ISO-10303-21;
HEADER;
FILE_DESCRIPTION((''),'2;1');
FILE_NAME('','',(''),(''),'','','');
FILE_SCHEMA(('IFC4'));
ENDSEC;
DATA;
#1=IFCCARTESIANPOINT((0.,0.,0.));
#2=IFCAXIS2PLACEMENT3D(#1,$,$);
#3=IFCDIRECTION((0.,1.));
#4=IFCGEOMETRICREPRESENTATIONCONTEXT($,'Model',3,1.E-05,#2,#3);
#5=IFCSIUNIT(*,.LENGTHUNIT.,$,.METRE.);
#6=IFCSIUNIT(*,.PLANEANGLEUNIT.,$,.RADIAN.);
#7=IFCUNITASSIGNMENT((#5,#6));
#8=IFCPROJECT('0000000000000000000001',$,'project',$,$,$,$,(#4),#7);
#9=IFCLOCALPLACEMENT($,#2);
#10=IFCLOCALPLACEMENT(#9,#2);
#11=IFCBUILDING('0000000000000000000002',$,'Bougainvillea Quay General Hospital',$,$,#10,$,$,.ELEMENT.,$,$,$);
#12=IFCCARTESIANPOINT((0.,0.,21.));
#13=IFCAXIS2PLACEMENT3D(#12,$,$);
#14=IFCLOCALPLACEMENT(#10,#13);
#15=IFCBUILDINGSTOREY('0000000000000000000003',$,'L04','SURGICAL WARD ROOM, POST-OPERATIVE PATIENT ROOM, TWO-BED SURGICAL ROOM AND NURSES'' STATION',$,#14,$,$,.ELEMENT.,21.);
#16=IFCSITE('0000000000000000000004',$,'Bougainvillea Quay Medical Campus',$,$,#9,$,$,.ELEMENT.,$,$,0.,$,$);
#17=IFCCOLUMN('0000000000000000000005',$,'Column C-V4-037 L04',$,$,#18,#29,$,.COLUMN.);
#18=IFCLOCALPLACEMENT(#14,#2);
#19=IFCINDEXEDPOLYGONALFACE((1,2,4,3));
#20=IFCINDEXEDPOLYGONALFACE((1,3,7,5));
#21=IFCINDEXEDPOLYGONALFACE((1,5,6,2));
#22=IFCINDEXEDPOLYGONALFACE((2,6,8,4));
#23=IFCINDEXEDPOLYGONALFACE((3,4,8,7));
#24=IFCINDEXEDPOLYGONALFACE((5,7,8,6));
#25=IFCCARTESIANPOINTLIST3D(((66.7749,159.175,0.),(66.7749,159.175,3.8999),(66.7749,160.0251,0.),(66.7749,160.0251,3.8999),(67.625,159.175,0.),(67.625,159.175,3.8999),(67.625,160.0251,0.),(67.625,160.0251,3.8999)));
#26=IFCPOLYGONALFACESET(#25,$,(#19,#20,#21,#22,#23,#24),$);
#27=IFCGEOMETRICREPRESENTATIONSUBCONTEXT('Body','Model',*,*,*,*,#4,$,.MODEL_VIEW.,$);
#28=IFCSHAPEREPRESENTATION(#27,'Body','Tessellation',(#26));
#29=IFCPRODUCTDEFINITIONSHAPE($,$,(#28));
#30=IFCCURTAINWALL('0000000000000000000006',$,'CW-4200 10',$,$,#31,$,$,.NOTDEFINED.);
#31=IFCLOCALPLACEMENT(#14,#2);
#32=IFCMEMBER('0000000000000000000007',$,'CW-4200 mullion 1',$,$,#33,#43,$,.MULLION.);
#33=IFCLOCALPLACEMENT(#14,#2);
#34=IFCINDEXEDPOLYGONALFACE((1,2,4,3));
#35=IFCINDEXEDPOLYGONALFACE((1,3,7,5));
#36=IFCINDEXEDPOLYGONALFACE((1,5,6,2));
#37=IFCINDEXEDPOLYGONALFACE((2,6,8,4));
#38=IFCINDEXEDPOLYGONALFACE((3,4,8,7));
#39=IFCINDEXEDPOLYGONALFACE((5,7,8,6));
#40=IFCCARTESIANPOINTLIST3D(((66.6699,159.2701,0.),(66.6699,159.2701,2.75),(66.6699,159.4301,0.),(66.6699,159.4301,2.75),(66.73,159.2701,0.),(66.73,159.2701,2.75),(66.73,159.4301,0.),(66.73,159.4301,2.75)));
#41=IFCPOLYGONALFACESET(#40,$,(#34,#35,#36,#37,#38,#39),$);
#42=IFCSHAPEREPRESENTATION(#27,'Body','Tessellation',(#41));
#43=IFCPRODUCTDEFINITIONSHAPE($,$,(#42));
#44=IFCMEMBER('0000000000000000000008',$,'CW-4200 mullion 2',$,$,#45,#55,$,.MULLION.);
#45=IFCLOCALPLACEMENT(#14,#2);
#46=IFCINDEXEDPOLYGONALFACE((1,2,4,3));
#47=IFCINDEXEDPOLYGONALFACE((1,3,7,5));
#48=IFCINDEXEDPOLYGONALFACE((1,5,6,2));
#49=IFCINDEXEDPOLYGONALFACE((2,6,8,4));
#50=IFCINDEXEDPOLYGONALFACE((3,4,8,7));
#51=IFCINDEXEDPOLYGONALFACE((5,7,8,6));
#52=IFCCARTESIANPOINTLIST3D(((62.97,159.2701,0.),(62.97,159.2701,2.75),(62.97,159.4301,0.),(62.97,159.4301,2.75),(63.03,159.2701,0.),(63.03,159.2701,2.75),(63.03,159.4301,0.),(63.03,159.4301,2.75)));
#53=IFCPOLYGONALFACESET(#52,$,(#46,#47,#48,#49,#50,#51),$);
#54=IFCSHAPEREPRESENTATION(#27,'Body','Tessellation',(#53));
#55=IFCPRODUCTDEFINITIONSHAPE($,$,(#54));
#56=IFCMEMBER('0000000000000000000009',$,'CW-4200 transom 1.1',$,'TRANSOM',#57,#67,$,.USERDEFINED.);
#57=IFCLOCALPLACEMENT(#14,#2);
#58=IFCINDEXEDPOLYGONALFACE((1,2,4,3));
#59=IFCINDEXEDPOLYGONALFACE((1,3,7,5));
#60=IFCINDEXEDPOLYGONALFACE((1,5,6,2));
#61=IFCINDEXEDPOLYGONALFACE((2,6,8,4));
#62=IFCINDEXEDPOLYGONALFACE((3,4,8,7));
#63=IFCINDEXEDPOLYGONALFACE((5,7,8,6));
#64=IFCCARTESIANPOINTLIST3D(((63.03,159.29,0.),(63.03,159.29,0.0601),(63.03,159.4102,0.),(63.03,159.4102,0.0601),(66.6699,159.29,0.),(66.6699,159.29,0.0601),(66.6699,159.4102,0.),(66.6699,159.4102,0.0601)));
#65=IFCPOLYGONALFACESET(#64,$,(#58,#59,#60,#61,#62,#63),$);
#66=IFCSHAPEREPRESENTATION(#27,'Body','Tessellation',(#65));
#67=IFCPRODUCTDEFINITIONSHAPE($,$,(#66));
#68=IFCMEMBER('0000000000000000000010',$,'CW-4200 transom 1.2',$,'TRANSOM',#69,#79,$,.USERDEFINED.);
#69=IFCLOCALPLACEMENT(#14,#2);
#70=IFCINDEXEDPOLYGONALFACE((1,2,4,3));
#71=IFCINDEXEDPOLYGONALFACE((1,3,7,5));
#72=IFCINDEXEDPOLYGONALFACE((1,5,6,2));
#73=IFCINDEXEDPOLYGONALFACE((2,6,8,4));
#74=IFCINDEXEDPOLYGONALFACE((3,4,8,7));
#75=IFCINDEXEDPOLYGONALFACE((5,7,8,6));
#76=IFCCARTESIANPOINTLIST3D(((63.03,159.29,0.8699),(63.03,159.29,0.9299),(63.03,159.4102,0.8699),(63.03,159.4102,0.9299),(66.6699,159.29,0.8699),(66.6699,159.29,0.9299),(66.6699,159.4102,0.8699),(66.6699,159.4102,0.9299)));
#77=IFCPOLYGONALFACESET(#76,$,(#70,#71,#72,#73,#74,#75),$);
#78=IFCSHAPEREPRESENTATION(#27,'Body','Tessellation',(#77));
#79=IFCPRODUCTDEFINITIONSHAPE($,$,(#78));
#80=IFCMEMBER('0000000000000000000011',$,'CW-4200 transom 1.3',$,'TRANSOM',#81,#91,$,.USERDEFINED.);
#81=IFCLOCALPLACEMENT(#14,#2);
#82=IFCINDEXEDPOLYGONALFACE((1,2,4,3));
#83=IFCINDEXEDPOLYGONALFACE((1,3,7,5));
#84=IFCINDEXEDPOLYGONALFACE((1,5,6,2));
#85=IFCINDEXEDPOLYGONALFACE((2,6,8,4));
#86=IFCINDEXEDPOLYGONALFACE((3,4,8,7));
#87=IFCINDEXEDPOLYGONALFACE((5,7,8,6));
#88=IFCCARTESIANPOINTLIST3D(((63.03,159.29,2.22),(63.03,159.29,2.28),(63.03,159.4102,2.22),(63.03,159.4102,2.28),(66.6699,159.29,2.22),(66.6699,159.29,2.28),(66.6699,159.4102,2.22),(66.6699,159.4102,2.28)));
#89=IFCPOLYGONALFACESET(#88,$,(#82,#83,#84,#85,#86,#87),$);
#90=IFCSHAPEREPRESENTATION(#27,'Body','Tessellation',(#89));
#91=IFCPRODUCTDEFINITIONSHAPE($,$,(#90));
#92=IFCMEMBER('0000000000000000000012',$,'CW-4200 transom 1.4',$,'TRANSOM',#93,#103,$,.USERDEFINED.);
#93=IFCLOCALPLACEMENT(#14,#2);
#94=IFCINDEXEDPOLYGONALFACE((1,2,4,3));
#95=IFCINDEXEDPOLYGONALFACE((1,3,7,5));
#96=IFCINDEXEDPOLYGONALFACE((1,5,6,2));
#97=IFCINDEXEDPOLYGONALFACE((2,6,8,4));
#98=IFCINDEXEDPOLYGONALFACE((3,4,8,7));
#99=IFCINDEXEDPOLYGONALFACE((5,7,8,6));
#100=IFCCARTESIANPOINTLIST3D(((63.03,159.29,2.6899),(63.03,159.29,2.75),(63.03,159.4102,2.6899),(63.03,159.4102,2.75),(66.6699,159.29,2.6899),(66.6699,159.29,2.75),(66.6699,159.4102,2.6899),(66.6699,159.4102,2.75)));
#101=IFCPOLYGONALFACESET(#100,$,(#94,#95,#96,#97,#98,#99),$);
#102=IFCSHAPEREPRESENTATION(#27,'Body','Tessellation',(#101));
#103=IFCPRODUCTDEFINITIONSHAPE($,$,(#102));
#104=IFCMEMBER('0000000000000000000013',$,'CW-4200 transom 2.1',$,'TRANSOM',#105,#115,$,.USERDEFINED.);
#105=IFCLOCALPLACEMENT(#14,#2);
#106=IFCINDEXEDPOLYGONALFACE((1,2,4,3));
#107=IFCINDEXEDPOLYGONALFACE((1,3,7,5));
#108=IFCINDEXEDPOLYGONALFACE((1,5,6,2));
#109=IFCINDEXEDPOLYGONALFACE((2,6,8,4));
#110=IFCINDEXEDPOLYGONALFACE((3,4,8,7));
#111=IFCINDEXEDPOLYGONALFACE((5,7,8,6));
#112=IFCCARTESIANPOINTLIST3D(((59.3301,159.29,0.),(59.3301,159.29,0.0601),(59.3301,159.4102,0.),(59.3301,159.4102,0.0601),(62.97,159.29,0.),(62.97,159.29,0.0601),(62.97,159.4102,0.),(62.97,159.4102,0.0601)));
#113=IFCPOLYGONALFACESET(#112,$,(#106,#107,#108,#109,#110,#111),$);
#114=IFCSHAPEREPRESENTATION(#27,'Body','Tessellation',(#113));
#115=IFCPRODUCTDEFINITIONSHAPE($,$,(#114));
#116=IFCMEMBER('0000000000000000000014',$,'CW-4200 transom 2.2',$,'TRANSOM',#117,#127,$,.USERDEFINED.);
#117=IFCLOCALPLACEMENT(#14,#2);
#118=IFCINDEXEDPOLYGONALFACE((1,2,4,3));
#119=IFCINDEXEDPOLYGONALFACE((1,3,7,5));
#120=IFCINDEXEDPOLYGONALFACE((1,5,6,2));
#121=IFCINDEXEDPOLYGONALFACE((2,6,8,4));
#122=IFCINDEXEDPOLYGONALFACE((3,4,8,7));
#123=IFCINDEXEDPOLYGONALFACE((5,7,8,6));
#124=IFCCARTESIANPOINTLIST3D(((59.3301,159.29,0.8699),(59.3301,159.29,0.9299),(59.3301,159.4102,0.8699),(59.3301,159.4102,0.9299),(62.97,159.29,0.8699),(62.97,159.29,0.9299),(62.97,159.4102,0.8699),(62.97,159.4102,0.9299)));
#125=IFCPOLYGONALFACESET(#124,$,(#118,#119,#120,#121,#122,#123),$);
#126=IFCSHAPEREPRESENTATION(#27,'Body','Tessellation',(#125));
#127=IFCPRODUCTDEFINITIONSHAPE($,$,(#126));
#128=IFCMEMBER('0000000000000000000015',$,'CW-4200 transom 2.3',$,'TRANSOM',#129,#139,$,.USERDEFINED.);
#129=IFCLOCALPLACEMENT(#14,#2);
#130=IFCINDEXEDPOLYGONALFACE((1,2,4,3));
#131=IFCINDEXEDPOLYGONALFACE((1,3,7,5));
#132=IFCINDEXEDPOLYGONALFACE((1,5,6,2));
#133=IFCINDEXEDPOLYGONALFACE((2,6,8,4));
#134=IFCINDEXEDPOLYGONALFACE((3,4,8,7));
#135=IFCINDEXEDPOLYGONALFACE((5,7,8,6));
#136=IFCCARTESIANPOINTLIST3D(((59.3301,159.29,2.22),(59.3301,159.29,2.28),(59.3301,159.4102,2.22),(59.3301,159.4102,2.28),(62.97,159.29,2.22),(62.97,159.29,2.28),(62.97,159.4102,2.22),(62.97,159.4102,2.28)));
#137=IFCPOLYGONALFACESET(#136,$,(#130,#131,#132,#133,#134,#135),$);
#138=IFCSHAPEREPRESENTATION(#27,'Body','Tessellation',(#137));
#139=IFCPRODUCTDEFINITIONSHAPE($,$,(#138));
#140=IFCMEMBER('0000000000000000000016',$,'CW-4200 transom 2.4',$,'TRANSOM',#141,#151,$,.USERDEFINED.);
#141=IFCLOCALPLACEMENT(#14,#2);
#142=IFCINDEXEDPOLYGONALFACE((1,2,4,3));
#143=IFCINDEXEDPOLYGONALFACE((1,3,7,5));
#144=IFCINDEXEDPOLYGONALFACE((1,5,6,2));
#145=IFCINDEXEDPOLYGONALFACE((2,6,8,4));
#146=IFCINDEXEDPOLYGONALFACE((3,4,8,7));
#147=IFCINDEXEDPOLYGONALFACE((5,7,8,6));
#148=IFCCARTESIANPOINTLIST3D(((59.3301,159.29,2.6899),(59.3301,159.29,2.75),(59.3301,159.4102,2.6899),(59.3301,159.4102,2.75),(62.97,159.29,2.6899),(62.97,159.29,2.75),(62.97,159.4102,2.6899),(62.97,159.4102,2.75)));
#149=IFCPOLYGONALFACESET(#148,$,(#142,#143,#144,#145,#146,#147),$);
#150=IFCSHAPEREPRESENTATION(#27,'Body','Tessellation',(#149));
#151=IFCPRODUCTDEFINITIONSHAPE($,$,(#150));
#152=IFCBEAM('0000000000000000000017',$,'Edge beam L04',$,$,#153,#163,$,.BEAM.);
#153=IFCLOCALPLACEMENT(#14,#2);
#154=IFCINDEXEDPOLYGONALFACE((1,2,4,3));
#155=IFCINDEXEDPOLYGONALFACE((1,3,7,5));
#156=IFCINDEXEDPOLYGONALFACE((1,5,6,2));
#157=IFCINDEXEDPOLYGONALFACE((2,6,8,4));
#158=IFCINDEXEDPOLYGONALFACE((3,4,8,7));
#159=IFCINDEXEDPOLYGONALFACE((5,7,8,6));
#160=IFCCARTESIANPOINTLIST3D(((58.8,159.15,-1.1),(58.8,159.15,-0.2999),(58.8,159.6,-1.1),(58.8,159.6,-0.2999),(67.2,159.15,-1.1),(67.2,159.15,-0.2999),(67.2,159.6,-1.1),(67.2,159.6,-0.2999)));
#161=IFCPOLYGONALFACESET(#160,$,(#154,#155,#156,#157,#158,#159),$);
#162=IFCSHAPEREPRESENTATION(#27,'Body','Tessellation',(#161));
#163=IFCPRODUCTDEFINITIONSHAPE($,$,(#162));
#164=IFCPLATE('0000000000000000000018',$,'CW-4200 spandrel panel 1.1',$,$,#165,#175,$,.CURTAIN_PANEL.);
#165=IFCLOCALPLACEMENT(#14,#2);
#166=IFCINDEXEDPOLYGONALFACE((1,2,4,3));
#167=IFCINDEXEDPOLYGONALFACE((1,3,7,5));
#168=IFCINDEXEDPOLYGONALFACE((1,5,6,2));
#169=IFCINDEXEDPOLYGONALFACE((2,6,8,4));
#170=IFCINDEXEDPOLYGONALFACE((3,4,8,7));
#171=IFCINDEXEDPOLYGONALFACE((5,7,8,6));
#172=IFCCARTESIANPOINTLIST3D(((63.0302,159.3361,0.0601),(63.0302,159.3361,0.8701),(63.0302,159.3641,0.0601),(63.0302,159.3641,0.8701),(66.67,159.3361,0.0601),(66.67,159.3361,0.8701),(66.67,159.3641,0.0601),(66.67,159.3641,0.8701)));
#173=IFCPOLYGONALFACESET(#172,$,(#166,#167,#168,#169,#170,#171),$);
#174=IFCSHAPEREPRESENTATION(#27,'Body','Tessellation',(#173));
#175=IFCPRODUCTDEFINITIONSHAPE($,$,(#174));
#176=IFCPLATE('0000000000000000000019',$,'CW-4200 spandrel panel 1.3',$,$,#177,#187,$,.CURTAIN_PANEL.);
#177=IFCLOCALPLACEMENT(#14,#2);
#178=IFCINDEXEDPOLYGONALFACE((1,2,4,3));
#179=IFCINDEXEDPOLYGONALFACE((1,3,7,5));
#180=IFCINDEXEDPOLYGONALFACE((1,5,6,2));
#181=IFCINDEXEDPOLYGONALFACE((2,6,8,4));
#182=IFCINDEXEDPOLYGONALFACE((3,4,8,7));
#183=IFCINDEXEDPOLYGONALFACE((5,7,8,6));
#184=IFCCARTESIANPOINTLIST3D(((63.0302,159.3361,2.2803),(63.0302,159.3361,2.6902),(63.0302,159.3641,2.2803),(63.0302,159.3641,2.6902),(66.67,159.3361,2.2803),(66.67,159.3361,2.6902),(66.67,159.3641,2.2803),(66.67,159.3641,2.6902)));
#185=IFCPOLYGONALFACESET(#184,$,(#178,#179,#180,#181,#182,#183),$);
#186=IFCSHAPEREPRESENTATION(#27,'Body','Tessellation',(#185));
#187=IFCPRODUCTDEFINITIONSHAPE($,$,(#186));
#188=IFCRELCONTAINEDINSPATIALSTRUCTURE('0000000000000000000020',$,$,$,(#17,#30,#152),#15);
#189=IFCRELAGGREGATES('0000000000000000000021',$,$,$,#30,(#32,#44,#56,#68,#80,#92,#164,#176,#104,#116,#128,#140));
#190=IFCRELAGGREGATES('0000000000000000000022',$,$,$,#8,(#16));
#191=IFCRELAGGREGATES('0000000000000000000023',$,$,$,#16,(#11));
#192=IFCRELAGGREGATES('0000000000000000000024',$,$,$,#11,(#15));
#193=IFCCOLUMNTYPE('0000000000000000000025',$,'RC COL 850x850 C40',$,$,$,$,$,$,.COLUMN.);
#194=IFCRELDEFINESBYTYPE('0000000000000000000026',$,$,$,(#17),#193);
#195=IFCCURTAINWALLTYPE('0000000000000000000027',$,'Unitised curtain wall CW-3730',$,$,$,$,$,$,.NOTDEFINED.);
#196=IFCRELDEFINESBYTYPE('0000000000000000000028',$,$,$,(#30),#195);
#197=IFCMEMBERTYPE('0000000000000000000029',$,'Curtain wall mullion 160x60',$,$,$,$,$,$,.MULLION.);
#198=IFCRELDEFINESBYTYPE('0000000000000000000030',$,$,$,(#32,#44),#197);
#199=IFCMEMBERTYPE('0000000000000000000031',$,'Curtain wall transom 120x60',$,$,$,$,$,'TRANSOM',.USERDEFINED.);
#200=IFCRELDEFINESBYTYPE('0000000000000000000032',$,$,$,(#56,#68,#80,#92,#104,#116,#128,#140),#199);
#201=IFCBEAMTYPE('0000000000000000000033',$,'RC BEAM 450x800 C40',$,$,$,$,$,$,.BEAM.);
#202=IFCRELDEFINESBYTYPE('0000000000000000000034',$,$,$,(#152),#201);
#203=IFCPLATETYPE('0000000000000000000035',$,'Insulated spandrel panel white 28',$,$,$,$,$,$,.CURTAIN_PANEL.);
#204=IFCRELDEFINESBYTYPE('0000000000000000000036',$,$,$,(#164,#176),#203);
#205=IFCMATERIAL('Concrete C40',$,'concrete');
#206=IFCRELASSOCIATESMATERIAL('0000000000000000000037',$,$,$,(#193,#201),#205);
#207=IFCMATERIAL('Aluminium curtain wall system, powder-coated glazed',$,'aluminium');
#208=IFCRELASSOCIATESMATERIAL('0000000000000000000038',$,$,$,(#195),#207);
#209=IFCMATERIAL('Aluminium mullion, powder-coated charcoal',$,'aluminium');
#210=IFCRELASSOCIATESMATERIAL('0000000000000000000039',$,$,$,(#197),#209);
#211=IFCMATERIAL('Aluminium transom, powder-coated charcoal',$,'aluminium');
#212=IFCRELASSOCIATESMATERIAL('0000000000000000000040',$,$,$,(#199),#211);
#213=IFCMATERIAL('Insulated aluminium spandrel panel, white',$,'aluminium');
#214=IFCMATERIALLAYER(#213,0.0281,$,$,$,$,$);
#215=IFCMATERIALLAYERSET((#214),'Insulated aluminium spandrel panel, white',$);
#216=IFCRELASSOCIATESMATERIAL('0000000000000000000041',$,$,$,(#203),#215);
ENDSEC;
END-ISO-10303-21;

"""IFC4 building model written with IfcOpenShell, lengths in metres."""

from ifc_helpers import new_model, si_unit, direction, frame, origin, origin_2d, place, context, subcontext, project, spatial, rectangle, extrude, material, layer, layer_set, material_profile, profile_set, type_object, element, aggregate, save


model = new_model("IFC4")

# Units and contexts
model_context = context("Model", 3, precision=1e-05, world=origin(), true_north=direction((0.0, 1.0)))
body_context = subcontext(model_context, "Body", "Model", "MODEL_VIEW")
ifc_project = project(units=[si_unit("LENGTHUNIT", "METRE"), si_unit("PLANEANGLEUNIT", "RADIAN")], contexts=[model_context])

# Site, building, storey
site_placement = place(None, origin())
site = spatial("IfcSite", under=ifc_project, at=site_placement, Name="Bougainvillea Quay Medical Campus", CompositionType="ELEMENT", RefElevation=0.0)
building_placement = place(site_placement, origin())
building = spatial("IfcBuilding", under=site, at=building_placement, Name="Bougainvillea Quay General Hospital", CompositionType="ELEMENT")
storey_placement = place(building_placement, frame((0.0, 0.0, 21.0)))
storey = spatial("IfcBuildingStorey", under=building, at=storey_placement, Name="L04", Description="SURGICAL WARD ROOM, POST-OPERATIVE PATIENT ROOM, TWO-BED SURGICAL ROOM AND NURSES' STATION", CompositionType="ELEMENT", Elevation=21.0)

# Column
ifc_material_1 = material(Name="Concrete C40", Category="concrete")
ifc_material_profile_1 = material_profile(ifc_material_1, rectangle(XDim=0.8501, YDim=0.8501, at=origin_2d()))
ifc_profile_set_1 = profile_set([ifc_material_profile_1], Name="Concrete C40")
column_type = type_object("IfcColumnType", Name="RC COL 850x850 C40", PredefinedType="COLUMN", material=ifc_profile_set_1)
column_placement = place(storey_placement, frame((67.2, 159.6001, 0.0), z_axis=(0.0, 0.0, 1.0), x_axis=(1.0, 0.0, 0.0)))
element("IfcColumn", 1, at=column_placement, inside=storey, type_object=column_type, Name="Column C-V4-037 L04", PredefinedType="COLUMN", context=body_context, shape_type="SweptSolid", body=[
    extrude(rectangle(XDim=0.8501, YDim=0.8501, at=origin_2d()), origin(), (0.0, 0.0, 1.0), 3.8999),
])

# Curtain wall, members
ifc_material_2 = material(Name="Aluminium curtain wall system, powder-coated glazed", Category="aluminium")
curtain_wall_type = type_object("IfcCurtainWallType", Name="Unitised curtain wall CW-3730", PredefinedType="NOTDEFINED", material=ifc_material_2)
curtain_wall_placement = place(storey_placement, origin())
curtain_wall = element("IfcCurtainWall", 2, at=curtain_wall_placement, inside=storey, type_object=curtain_wall_type, Name="CW-4200 10", PredefinedType="NOTDEFINED")
ifc_material_3 = material(Name="Aluminium mullion, powder-coated charcoal", Category="aluminium")
ifc_material_profile_2 = material_profile(ifc_material_3, rectangle(XDim=0.1599, YDim=0.0601, at=origin_2d()))
ifc_profile_set_2 = profile_set([ifc_material_profile_2], Name="Aluminium mullion, powder-coated charcoal")
member_type_1 = type_object("IfcMemberType", Name="Curtain wall mullion 160x60", PredefinedType="MULLION", material=ifc_profile_set_2)
member_1_placement = place(storey_placement, frame((66.7, 159.3501, 0.0), z_axis=(0.0, 0.0, 1.0), x_axis=(0.0, -1.0, 0.0)))
member_1 = element("IfcMember", 3, at=member_1_placement, type_object=member_type_1, Name="CW-4200 mullion 1", PredefinedType="MULLION", context=body_context, shape_type="SweptSolid", body=[
    extrude(rectangle(XDim=0.1599, YDim=0.0601, at=origin_2d()), origin(), (0.0, 0.0, 1.0), 2.75),
])
member_2_placement = place(storey_placement, frame((63.0, 159.3501, 0.0), z_axis=(0.0, 0.0, 1.0), x_axis=(0.0, -1.0, 0.0)))
member_2 = element("IfcMember", 4, at=member_2_placement, type_object=member_type_1, Name="CW-4200 mullion 2", PredefinedType="MULLION", context=body_context, shape_type="SweptSolid", body=[
    extrude(rectangle(XDim=0.1599, YDim=0.0601, at=origin_2d()), origin(), (0.0, 0.0, 1.0), 2.75),
])
ifc_material_4 = material(Name="Aluminium transom, powder-coated charcoal", Category="aluminium")
ifc_material_profile_3 = material_profile(ifc_material_4, rectangle(XDim=0.1201, YDim=0.0601, at=origin_2d()))
ifc_profile_set_3 = profile_set([ifc_material_profile_3], Name="Aluminium transom, powder-coated charcoal")
member_type_2 = type_object("IfcMemberType", Name="Curtain wall transom 120x60", ElementType="TRANSOM", PredefinedType="USERDEFINED", material=ifc_profile_set_3)
member_3_placement = place(storey_placement, frame((66.6699, 159.3501, 0.03), z_axis=(-1.0, 0.0, 0.0), x_axis=(0.0, -1.0, 0.0)))
member_3 = element("IfcMember", 5, at=member_3_placement, type_object=member_type_2, Name="CW-4200 transom 1.1", ObjectType="TRANSOM", PredefinedType="USERDEFINED", context=body_context, shape_type="SweptSolid", body=[
    extrude(rectangle(XDim=0.1201, YDim=0.0601, at=origin_2d()), origin(), (0.0, 0.0, 1.0), 3.6399),
])
member_4_placement = place(storey_placement, frame((66.6699, 159.3501, 0.8999), z_axis=(-1.0, 0.0, 0.0), x_axis=(0.0, -1.0, 0.0)))
member_4 = element("IfcMember", 6, at=member_4_placement, type_object=member_type_2, Name="CW-4200 transom 1.2", ObjectType="TRANSOM", PredefinedType="USERDEFINED", context=body_context, shape_type="SweptSolid", body=[
    extrude(rectangle(XDim=0.1201, YDim=0.0601, at=origin_2d()), origin(), (0.0, 0.0, 1.0), 3.6399),
])
member_5_placement = place(storey_placement, frame((66.6699, 159.3501, 2.25), z_axis=(-1.0, 0.0, 0.0), x_axis=(0.0, -1.0, 0.0)))
member_5 = element("IfcMember", 7, at=member_5_placement, type_object=member_type_2, Name="CW-4200 transom 1.3", ObjectType="TRANSOM", PredefinedType="USERDEFINED", context=body_context, shape_type="SweptSolid", body=[
    extrude(rectangle(XDim=0.1201, YDim=0.0601, at=origin_2d()), origin(), (0.0, 0.0, 1.0), 3.6399),
])
member_6_placement = place(storey_placement, frame((66.6699, 159.3501, 2.72), z_axis=(-1.0, 0.0, 0.0), x_axis=(0.0, -1.0, 0.0)))
member_6 = element("IfcMember", 8, at=member_6_placement, type_object=member_type_2, Name="CW-4200 transom 1.4", ObjectType="TRANSOM", PredefinedType="USERDEFINED", context=body_context, shape_type="SweptSolid", body=[
    extrude(rectangle(XDim=0.1201, YDim=0.0601, at=origin_2d()), origin(), (0.0, 0.0, 1.0), 3.6399),
])
member_7_placement = place(storey_placement, frame((62.97, 159.3501, 0.03), z_axis=(-1.0, 0.0, 0.0), x_axis=(0.0, -1.0, 0.0)))
member_7 = element("IfcMember", 9, at=member_7_placement, type_object=member_type_2, Name="CW-4200 transom 2.1", ObjectType="TRANSOM", PredefinedType="USERDEFINED", context=body_context, shape_type="SweptSolid", body=[
    extrude(rectangle(XDim=0.1201, YDim=0.0601, at=origin_2d()), origin(), (0.0, 0.0, 1.0), 3.6399),
])
member_8_placement = place(storey_placement, frame((62.97, 159.3501, 0.8999), z_axis=(-1.0, 0.0, 0.0), x_axis=(0.0, -1.0, 0.0)))
member_8 = element("IfcMember", 10, at=member_8_placement, type_object=member_type_2, Name="CW-4200 transom 2.2", ObjectType="TRANSOM", PredefinedType="USERDEFINED", context=body_context, shape_type="SweptSolid", body=[
    extrude(rectangle(XDim=0.1201, YDim=0.0601, at=origin_2d()), origin(), (0.0, 0.0, 1.0), 3.6399),
])
member_9_placement = place(storey_placement, frame((62.97, 159.3501, 2.25), z_axis=(-1.0, 0.0, 0.0), x_axis=(0.0, -1.0, 0.0)))
member_9 = element("IfcMember", 11, at=member_9_placement, type_object=member_type_2, Name="CW-4200 transom 2.3", ObjectType="TRANSOM", PredefinedType="USERDEFINED", context=body_context, shape_type="SweptSolid", body=[
    extrude(rectangle(XDim=0.1201, YDim=0.0601, at=origin_2d()), origin(), (0.0, 0.0, 1.0), 3.6399),
])
member_10_placement = place(storey_placement, frame((62.97, 159.3501, 2.72), z_axis=(-1.0, 0.0, 0.0), x_axis=(0.0, -1.0, 0.0)))
member_10 = element("IfcMember", 12, at=member_10_placement, type_object=member_type_2, Name="CW-4200 transom 2.4", ObjectType="TRANSOM", PredefinedType="USERDEFINED", context=body_context, shape_type="SweptSolid", body=[
    extrude(rectangle(XDim=0.1201, YDim=0.0601, at=origin_2d()), origin(), (0.0, 0.0, 1.0), 3.6399),
])

# Beam
ifc_material_profile_4 = material_profile(ifc_material_1, rectangle(XDim=0.45, YDim=0.8, at=origin_2d()))
ifc_profile_set_4 = profile_set([ifc_material_profile_4], Name="Concrete C40")
beam_type = type_object("IfcBeamType", Name="RC BEAM 450x800 C40", PredefinedType="BEAM", material=ifc_profile_set_4)
beam_placement = place(storey_placement, frame((67.2, 159.375, -0.7), z_axis=(-1.0, 0.0, 0.0), x_axis=(0.0, -1.0, 0.0)))
element("IfcBeam", 13, at=beam_placement, inside=storey, type_object=beam_type, Name="Edge beam L04", PredefinedType="BEAM", context=body_context, shape_type="SweptSolid", body=[
    extrude(rectangle(XDim=0.45, YDim=0.8, at=origin_2d()), origin(), (0.0, 0.0, 1.0), 8.3999),
])

# Plates
ifc_material_5 = material(Name="Insulated aluminium spandrel panel, white", Category="aluminium")
ifc_layer_1 = layer(ifc_material_5, 0.0281)
ifc_layer_set_1 = layer_set([ifc_layer_1], Name="Insulated aluminium spandrel panel, white")
plate_type_1 = type_object("IfcPlateType", Name="Insulated spandrel panel white 28", PredefinedType="CURTAIN_PANEL", material=ifc_layer_set_1)
plate_1_placement = place(storey_placement, frame((64.8501, 159.3501, 0.0601), z_axis=(0.0, 0.0, 1.0), x_axis=(-1.0, 0.0, 0.0)))
plate_1 = element("IfcPlate", 14, at=plate_1_placement, type_object=plate_type_1, Name="CW-4200 spandrel panel 1.1", PredefinedType="CURTAIN_PANEL", context=body_context, shape_type="SweptSolid", body=[
    extrude(rectangle(XDim=3.6399, YDim=0.0281, at=origin_2d()), origin(), (0.0, 0.0, 1.0), 0.8101),
])
plate_2_placement = place(storey_placement, frame((64.8501, 159.3501, 2.2803), z_axis=(0.0, 0.0, 1.0), x_axis=(-1.0, 0.0, 0.0)))
plate_2 = element("IfcPlate", 15, at=plate_2_placement, type_object=plate_type_1, Name="CW-4200 spandrel panel 1.3", PredefinedType="CURTAIN_PANEL", context=body_context, shape_type="SweptSolid", body=[
    extrude(rectangle(XDim=3.6399, YDim=0.0281, at=origin_2d()), origin(), (0.0, 0.0, 1.0), 0.4099),
])
aggregate(curtain_wall, [member_1, member_2, member_3, member_4, member_5, member_6, plate_1, plate_2, member_7, member_8, member_9, member_10])

save(model, "model.ifc")
